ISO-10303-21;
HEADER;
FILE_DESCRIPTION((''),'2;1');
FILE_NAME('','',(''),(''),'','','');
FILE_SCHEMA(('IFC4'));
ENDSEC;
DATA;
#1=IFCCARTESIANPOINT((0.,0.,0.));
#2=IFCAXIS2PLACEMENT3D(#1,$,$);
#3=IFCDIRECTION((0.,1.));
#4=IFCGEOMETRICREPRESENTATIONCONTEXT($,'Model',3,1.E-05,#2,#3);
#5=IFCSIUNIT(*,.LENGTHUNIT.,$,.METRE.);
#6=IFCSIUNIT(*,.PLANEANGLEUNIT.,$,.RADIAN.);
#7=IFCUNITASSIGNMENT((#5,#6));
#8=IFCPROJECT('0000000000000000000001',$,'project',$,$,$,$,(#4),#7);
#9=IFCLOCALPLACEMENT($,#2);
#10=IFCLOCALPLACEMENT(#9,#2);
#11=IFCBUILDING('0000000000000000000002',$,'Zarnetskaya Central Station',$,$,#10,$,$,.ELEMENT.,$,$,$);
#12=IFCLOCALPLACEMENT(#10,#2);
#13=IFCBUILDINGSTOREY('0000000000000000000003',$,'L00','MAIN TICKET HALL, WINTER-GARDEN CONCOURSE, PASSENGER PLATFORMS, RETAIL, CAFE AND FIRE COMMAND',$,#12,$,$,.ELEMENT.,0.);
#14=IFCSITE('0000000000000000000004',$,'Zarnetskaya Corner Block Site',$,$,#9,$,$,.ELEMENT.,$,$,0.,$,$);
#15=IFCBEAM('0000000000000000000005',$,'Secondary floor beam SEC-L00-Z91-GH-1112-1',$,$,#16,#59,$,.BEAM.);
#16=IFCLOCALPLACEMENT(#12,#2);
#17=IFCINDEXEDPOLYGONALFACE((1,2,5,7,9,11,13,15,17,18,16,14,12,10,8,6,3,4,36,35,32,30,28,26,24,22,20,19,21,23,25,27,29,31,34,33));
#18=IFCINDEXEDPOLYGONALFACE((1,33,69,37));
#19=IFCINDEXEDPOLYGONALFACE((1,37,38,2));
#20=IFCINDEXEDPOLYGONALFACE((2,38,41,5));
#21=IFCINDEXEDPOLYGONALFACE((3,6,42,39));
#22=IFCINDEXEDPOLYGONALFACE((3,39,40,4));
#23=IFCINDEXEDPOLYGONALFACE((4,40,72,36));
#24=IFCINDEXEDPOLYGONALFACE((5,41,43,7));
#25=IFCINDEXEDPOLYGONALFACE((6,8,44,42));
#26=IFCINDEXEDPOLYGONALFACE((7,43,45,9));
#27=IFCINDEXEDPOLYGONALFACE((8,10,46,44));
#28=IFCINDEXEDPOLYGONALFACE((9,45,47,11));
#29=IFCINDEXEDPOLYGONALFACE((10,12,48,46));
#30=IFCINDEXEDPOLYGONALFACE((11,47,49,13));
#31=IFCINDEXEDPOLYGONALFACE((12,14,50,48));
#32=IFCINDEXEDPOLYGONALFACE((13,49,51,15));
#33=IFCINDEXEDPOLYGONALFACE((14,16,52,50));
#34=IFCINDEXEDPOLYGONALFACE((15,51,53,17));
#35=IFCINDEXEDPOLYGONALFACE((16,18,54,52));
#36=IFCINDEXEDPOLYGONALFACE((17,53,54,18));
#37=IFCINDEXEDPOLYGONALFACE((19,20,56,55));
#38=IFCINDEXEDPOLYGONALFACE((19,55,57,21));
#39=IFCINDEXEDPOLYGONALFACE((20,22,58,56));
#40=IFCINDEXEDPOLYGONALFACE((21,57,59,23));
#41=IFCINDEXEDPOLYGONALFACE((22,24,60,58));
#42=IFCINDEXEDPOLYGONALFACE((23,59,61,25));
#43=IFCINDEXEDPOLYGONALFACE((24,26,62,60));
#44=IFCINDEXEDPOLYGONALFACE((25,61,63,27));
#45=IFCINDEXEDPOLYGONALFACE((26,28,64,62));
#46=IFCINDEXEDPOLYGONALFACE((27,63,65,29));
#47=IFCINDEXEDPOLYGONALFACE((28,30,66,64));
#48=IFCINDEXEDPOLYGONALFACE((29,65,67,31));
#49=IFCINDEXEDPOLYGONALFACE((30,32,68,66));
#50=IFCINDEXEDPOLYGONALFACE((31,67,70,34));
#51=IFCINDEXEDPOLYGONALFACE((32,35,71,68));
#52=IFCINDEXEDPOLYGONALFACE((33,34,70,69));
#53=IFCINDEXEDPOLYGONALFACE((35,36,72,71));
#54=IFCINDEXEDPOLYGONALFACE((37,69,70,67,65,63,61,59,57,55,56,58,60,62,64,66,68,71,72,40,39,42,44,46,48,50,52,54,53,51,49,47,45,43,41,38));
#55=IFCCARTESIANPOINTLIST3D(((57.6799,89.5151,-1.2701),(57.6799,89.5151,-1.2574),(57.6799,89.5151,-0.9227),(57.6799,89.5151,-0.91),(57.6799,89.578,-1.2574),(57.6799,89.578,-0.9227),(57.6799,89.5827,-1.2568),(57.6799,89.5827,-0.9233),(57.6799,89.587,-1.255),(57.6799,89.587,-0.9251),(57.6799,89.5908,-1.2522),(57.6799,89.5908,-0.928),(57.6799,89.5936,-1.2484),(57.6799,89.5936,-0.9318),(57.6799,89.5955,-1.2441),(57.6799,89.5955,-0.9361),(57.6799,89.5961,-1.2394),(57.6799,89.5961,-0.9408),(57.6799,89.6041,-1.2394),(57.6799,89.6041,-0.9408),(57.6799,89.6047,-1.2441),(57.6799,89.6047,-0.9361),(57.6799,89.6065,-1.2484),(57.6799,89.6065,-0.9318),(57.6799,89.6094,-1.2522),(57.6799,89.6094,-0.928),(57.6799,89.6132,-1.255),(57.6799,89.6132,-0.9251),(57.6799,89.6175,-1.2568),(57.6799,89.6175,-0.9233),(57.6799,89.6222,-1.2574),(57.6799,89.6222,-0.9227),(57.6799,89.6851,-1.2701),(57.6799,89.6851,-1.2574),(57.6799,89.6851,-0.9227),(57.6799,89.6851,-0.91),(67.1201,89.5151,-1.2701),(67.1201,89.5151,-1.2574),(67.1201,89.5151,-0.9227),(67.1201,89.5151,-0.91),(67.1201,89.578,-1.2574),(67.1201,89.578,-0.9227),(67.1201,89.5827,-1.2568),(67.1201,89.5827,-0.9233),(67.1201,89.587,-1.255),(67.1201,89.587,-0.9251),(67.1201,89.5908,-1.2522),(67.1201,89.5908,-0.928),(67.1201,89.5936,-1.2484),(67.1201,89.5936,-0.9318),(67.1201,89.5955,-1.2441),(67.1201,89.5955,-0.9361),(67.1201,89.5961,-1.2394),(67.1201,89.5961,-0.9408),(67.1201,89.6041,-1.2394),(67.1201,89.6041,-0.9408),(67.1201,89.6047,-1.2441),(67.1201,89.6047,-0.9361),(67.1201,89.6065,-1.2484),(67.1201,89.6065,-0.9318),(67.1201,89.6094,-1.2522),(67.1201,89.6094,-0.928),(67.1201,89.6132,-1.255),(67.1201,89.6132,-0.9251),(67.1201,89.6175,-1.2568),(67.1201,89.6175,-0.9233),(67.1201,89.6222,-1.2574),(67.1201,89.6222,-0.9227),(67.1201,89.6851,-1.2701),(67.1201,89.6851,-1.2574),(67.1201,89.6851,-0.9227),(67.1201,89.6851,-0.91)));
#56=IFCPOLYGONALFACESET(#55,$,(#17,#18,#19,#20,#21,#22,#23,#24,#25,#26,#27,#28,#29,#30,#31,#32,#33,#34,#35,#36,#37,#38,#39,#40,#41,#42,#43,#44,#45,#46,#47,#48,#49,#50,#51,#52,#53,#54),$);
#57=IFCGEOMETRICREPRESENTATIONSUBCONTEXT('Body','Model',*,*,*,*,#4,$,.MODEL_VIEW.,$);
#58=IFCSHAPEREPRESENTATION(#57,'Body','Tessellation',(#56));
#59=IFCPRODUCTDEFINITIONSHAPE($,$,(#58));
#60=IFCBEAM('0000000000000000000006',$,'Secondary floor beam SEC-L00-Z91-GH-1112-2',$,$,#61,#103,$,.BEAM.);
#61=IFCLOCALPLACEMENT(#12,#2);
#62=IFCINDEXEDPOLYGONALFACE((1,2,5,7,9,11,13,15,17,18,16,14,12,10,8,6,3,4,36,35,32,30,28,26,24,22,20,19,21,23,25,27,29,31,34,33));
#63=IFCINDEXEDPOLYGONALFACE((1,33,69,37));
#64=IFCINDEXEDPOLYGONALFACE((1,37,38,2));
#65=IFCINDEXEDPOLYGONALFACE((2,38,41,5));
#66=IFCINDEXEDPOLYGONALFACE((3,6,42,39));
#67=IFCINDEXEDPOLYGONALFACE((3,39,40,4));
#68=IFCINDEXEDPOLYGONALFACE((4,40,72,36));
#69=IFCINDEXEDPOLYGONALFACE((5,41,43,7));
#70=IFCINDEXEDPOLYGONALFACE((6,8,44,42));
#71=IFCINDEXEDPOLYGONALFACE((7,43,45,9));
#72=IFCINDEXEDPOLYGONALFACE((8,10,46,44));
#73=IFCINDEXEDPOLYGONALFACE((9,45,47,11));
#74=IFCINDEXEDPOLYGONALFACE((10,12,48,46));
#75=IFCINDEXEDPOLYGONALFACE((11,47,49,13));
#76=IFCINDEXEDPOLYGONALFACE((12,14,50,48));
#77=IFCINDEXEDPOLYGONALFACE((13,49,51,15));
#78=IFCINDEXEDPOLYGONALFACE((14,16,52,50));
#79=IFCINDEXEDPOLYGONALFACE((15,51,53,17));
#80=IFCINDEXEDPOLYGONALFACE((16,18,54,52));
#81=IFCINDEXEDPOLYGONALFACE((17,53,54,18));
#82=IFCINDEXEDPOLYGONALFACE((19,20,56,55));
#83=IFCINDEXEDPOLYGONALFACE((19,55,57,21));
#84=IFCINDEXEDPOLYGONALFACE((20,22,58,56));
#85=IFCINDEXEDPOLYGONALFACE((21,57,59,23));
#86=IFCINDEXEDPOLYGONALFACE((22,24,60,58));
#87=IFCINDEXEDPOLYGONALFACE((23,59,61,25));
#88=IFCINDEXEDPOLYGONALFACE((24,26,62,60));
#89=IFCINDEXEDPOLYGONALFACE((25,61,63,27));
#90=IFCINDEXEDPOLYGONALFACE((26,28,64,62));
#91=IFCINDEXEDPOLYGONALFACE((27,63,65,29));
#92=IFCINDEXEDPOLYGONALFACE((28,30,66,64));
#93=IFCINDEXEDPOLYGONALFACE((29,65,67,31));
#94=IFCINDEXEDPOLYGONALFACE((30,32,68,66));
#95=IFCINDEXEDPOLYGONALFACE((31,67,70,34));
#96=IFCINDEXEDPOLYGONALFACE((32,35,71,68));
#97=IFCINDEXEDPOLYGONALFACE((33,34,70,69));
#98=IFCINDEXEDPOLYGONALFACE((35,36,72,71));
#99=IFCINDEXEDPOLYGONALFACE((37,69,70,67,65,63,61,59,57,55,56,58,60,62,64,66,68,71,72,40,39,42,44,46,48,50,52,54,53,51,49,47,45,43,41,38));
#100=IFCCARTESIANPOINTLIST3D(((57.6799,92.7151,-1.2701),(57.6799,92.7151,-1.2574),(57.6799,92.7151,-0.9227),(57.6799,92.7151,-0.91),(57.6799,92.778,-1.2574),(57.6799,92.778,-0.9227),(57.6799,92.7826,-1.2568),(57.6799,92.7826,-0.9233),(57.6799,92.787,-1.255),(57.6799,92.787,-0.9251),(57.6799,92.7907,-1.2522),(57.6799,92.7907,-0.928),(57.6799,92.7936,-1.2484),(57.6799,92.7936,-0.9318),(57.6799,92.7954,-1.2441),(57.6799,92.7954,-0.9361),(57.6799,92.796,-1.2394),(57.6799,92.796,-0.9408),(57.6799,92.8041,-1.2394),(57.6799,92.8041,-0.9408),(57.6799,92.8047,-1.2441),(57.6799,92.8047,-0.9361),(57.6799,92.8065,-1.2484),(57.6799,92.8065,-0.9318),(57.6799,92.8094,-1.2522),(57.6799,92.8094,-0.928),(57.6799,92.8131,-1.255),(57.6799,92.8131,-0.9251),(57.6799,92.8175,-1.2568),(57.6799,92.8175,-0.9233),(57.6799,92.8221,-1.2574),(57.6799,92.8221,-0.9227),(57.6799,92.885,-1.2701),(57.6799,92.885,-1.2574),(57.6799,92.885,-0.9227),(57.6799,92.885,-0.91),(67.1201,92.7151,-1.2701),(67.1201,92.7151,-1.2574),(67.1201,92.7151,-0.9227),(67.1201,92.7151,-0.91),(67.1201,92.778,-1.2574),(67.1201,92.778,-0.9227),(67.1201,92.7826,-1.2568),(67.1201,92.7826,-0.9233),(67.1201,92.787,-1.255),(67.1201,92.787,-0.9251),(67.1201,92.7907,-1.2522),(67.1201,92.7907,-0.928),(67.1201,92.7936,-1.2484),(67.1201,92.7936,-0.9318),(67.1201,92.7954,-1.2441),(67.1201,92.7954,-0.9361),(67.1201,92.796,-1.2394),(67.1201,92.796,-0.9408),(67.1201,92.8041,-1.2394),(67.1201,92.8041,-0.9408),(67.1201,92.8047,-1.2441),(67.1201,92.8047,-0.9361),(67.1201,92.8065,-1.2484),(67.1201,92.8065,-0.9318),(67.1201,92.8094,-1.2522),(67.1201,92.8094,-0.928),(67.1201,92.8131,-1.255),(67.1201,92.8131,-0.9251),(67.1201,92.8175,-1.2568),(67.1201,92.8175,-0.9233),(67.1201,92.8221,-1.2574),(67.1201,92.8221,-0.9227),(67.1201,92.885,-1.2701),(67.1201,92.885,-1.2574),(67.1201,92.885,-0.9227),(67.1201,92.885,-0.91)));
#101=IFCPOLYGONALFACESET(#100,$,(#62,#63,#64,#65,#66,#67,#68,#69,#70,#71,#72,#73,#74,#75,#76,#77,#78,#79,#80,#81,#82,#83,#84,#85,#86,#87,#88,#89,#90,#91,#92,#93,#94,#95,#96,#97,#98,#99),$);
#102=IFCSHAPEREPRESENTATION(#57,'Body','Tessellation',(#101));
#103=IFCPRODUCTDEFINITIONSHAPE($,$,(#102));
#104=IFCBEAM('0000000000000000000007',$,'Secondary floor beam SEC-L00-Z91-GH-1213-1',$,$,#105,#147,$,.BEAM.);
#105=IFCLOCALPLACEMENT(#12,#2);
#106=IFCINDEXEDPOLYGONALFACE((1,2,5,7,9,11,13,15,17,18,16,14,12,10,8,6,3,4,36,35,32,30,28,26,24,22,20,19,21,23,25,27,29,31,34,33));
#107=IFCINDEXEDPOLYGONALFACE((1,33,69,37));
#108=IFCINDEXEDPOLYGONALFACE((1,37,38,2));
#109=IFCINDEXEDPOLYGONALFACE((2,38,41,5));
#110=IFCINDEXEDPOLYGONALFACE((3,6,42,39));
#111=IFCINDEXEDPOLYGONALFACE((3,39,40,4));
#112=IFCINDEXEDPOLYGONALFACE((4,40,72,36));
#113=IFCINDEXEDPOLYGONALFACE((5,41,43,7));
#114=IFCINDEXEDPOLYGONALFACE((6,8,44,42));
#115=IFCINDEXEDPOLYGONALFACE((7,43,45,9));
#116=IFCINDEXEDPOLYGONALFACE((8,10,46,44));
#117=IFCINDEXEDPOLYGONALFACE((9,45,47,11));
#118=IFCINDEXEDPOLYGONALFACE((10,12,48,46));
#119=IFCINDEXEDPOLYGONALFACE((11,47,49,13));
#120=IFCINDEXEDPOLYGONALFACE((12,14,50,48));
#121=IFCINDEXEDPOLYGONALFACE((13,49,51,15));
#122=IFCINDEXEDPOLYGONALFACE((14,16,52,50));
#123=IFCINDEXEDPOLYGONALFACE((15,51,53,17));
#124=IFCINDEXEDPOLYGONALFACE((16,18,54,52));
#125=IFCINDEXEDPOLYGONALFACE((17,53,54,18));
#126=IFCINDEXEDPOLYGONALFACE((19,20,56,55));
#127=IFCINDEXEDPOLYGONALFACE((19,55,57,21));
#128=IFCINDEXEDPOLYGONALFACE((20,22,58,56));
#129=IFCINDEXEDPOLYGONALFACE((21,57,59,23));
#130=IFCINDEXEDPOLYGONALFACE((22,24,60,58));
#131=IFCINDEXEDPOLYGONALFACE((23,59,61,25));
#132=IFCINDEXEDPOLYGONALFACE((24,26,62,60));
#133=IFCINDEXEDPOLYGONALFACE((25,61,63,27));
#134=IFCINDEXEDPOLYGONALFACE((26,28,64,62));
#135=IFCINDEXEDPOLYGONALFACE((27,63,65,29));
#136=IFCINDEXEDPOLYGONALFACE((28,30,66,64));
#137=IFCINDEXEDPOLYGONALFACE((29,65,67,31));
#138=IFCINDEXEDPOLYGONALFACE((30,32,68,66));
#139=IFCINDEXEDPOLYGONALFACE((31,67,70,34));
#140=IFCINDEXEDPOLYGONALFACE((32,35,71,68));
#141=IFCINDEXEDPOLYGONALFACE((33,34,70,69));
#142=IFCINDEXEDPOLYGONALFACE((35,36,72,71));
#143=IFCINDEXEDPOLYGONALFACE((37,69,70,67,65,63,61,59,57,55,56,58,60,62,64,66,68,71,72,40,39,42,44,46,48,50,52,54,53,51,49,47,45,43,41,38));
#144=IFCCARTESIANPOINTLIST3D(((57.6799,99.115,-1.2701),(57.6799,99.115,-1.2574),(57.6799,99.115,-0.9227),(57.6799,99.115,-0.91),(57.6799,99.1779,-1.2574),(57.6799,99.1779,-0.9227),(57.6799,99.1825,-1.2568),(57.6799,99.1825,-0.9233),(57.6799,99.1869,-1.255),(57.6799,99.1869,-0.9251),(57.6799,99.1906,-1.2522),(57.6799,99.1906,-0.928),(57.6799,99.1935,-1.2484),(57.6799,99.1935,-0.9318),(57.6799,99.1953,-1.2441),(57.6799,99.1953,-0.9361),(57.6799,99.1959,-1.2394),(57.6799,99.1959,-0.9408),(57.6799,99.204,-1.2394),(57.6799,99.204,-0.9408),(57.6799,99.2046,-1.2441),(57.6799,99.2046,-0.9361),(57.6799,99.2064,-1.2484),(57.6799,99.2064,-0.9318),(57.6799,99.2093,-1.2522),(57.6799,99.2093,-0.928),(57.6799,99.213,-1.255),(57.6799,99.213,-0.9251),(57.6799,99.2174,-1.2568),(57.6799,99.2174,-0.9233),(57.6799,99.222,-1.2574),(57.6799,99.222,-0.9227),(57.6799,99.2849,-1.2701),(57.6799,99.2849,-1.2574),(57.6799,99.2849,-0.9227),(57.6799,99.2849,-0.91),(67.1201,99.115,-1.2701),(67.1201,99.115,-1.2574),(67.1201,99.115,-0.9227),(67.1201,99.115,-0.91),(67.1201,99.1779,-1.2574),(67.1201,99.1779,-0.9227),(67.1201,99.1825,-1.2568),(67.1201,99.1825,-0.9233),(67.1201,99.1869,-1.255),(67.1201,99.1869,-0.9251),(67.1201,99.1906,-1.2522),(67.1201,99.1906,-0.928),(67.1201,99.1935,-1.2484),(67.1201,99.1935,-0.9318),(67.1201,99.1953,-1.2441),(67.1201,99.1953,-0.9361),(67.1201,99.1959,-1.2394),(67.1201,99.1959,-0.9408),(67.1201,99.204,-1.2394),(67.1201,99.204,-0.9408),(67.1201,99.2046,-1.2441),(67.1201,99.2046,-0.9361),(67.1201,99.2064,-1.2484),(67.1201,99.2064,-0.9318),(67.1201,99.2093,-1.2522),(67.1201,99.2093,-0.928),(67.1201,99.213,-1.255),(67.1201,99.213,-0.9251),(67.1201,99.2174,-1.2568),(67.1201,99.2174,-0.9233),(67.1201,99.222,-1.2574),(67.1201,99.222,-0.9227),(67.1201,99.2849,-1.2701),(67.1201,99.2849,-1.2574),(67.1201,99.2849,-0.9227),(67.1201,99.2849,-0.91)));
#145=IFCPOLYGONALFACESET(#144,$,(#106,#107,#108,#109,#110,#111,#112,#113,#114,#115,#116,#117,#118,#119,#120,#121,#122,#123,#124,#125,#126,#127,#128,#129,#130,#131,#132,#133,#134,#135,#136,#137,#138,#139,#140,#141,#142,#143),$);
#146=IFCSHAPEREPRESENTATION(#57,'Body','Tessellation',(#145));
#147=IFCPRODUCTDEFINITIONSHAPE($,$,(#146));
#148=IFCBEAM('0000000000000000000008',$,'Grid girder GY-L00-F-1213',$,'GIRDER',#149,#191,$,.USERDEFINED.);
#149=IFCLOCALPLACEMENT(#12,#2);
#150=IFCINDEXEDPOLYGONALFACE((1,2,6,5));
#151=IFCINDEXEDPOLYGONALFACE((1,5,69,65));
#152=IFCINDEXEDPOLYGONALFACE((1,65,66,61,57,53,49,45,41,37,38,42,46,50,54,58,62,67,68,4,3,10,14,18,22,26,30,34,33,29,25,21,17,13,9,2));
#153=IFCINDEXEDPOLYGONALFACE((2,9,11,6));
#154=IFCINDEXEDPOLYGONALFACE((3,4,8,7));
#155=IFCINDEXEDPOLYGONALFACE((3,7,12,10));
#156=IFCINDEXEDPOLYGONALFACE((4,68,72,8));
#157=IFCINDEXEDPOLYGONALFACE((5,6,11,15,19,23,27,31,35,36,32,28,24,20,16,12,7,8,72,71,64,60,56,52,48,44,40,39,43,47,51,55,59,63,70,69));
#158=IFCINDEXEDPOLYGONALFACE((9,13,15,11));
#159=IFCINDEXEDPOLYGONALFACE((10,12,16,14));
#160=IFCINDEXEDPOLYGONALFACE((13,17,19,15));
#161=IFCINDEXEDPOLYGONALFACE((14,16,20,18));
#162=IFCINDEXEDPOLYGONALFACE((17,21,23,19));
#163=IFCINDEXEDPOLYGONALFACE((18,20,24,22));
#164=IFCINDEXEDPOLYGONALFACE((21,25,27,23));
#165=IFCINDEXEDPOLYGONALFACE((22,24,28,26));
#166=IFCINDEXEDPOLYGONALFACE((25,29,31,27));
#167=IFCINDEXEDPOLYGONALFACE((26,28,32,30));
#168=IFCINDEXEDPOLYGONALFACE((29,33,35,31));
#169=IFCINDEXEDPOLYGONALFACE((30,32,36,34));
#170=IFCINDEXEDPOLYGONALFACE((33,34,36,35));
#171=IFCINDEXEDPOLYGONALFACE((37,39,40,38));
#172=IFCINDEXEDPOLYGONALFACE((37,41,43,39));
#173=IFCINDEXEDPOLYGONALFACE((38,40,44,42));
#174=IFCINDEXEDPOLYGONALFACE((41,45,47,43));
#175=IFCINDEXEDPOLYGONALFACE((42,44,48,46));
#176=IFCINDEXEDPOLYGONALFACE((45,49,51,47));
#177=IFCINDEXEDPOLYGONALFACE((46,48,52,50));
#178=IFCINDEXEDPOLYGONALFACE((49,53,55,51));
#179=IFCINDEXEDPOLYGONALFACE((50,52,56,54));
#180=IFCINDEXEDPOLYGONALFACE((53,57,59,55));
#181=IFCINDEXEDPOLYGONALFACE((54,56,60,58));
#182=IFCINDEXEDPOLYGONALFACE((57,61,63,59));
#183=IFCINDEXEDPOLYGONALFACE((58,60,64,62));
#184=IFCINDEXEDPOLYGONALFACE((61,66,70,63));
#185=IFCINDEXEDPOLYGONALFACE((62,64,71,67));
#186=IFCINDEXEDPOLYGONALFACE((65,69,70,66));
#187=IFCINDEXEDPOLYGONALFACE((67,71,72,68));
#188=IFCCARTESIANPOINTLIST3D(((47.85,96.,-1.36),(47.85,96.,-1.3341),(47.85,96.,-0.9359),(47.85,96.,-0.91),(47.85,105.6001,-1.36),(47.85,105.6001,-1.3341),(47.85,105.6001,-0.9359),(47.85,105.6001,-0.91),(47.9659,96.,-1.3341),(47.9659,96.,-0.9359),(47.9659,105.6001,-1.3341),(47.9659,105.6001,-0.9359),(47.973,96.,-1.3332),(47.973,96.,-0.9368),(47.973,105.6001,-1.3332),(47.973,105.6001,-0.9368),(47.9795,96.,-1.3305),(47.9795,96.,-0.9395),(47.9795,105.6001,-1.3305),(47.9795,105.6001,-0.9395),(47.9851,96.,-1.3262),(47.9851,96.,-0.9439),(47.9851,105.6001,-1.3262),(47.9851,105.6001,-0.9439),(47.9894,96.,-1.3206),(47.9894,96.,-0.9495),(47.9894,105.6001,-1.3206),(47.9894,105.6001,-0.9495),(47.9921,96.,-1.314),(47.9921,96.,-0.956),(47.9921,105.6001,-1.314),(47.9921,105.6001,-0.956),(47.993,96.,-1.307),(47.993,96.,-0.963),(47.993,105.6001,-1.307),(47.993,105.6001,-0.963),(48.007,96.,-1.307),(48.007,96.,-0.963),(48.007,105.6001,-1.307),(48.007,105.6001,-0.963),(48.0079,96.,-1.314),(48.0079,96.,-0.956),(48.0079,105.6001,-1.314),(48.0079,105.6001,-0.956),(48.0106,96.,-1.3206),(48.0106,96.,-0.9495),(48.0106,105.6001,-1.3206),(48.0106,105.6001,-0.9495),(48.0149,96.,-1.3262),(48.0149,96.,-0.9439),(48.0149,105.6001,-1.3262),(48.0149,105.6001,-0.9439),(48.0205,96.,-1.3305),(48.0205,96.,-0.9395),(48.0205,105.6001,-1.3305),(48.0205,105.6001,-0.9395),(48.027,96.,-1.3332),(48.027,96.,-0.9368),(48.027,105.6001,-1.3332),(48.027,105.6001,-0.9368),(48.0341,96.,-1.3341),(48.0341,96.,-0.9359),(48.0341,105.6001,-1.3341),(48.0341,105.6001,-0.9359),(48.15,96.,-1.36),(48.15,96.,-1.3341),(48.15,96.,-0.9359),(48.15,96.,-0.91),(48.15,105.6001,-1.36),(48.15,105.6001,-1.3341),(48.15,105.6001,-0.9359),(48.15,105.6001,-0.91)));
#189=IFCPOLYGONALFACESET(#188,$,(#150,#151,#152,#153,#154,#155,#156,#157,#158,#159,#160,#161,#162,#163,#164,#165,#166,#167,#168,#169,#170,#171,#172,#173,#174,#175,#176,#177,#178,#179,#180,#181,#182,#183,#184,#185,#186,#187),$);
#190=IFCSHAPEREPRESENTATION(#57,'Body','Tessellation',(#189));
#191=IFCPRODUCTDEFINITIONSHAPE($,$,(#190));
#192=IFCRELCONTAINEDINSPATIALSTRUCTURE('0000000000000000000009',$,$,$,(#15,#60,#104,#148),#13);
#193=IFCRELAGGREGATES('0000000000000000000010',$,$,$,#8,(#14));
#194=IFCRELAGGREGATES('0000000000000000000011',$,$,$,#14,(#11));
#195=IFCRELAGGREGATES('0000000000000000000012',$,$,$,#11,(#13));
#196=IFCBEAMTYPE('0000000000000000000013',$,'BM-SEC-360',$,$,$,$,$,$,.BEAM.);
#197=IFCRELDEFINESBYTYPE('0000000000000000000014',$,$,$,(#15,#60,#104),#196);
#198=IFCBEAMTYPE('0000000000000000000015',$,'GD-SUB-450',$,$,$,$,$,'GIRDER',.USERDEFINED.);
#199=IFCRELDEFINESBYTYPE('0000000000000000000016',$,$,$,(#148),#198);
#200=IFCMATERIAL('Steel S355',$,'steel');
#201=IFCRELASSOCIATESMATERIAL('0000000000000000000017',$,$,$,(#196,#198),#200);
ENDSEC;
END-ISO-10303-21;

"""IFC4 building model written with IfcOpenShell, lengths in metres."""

from ifc_helpers import new_model, si_unit, direction, frame, origin, origin_2d, place, context, subcontext, project, spatial, i_section, extrude, material, material_profile, profile_set, type_object, element, save


model = new_model("IFC4")

# Units and contexts
model_context = context("Model", 3, precision=1e-05, world=origin(), true_north=direction((0.0, 1.0)))
body_context = subcontext(model_context, "Body", "Model", "MODEL_VIEW")
ifc_project = project(units=[si_unit("LENGTHUNIT", "METRE"), si_unit("PLANEANGLEUNIT", "RADIAN")], contexts=[model_context])

# Site, building, storey
site_placement = place(None, origin())
site = spatial("IfcSite", under=ifc_project, at=site_placement, Name="Zarnetskaya Corner Block Site", CompositionType="ELEMENT", RefElevation=0.0)
building_placement = place(site_placement, origin())
building = spatial("IfcBuilding", under=site, at=building_placement, Name="Zarnetskaya Central Station", CompositionType="ELEMENT")
storey_placement = place(building_placement, origin())
storey = spatial("IfcBuildingStorey", under=building, at=storey_placement, Name="L00", Description="MAIN TICKET HALL, WINTER-GARDEN CONCOURSE, PASSENGER PLATFORMS, RETAIL, CAFE AND FIRE COMMAND", CompositionType="ELEMENT", Elevation=0.0)

# Shared definitions
ifc_material = material(Name="Steel S355", Category="steel")

# Beams
ifc_material_profile_1 = material_profile(ifc_material, i_section(OverallWidth=0.1699, OverallDepth=0.3601, WebThickness=0.0081, FlangeThickness=0.0127, FilletRadius=0.0181, at=origin_2d()), Name="IPE 360")
ifc_profile_set_1 = profile_set([ifc_material_profile_1], Name="Steel S355")
beam_type_1 = type_object("IfcBeamType", Name="BM-SEC-360", PredefinedType="BEAM", material=ifc_profile_set_1)
for number, where, z_axis, x_axis, name in (
    (1, (57.6799, 89.6001, -1.0901), (1.0, 0.0, 0.0), (0.0, 1.0, 0.0), "Secondary floor beam SEC-L00-Z91-GH-1112-1"),
    (2, (57.6799, 92.8, -1.0901), (1.0, 0.0, 0.0), (0.0, 1.0, 0.0), "Secondary floor beam SEC-L00-Z91-GH-1112-2"),
    (3, (57.6799, 99.2, -1.0901), (1.0, 0.0, 0.0), (0.0, 1.0, 0.0), "Secondary floor beam SEC-L00-Z91-GH-1213-1"),
):
    element("IfcBeam", number, at=place(storey_placement, frame(where, z_axis=z_axis, x_axis=x_axis)), inside=storey, type_object=beam_type_1, Name=name, PredefinedType="BEAM", context=body_context, shape_type="SweptSolid", body=[
        extrude(i_section(OverallWidth=0.1699, OverallDepth=0.3601, WebThickness=0.0081, FlangeThickness=0.0127, FilletRadius=0.0181, at=origin_2d()), origin(), (0.0, 0.0, 1.0), 9.4402),
    ])
ifc_material_profile_2 = material_profile(ifc_material, i_section(OverallWidth=0.3, OverallDepth=0.45, WebThickness=0.0139, FlangeThickness=0.0259, FilletRadius=0.0271, at=origin_2d()), Name="HEB 450")
ifc_profile_set_2 = profile_set([ifc_material_profile_2], Name="Steel S355")
beam_type_2 = type_object("IfcBeamType", Name="GD-SUB-450", ElementType="GIRDER", PredefinedType="USERDEFINED", material=ifc_profile_set_2)
for number, where, z_axis, x_axis, name in (
    (4, (48.0, 96.0, -1.135), (0.0, 1.0, 0.0), (-1.0, 0.0, 0.0), "Grid girder GY-L00-F-1213"),
):
    element("IfcBeam", number, at=place(storey_placement, frame(where, z_axis=z_axis, x_axis=x_axis)), inside=storey, type_object=beam_type_2, Name=name, ObjectType="GIRDER", PredefinedType="USERDEFINED", context=body_context, shape_type="SweptSolid", body=[
        extrude(i_section(OverallWidth=0.3, OverallDepth=0.45, WebThickness=0.0139, FlangeThickness=0.0259, FilletRadius=0.0271, at=origin_2d()), origin(), (0.0, 0.0, 1.0), 9.6001),
    ])

save(model, "model.ifc")
